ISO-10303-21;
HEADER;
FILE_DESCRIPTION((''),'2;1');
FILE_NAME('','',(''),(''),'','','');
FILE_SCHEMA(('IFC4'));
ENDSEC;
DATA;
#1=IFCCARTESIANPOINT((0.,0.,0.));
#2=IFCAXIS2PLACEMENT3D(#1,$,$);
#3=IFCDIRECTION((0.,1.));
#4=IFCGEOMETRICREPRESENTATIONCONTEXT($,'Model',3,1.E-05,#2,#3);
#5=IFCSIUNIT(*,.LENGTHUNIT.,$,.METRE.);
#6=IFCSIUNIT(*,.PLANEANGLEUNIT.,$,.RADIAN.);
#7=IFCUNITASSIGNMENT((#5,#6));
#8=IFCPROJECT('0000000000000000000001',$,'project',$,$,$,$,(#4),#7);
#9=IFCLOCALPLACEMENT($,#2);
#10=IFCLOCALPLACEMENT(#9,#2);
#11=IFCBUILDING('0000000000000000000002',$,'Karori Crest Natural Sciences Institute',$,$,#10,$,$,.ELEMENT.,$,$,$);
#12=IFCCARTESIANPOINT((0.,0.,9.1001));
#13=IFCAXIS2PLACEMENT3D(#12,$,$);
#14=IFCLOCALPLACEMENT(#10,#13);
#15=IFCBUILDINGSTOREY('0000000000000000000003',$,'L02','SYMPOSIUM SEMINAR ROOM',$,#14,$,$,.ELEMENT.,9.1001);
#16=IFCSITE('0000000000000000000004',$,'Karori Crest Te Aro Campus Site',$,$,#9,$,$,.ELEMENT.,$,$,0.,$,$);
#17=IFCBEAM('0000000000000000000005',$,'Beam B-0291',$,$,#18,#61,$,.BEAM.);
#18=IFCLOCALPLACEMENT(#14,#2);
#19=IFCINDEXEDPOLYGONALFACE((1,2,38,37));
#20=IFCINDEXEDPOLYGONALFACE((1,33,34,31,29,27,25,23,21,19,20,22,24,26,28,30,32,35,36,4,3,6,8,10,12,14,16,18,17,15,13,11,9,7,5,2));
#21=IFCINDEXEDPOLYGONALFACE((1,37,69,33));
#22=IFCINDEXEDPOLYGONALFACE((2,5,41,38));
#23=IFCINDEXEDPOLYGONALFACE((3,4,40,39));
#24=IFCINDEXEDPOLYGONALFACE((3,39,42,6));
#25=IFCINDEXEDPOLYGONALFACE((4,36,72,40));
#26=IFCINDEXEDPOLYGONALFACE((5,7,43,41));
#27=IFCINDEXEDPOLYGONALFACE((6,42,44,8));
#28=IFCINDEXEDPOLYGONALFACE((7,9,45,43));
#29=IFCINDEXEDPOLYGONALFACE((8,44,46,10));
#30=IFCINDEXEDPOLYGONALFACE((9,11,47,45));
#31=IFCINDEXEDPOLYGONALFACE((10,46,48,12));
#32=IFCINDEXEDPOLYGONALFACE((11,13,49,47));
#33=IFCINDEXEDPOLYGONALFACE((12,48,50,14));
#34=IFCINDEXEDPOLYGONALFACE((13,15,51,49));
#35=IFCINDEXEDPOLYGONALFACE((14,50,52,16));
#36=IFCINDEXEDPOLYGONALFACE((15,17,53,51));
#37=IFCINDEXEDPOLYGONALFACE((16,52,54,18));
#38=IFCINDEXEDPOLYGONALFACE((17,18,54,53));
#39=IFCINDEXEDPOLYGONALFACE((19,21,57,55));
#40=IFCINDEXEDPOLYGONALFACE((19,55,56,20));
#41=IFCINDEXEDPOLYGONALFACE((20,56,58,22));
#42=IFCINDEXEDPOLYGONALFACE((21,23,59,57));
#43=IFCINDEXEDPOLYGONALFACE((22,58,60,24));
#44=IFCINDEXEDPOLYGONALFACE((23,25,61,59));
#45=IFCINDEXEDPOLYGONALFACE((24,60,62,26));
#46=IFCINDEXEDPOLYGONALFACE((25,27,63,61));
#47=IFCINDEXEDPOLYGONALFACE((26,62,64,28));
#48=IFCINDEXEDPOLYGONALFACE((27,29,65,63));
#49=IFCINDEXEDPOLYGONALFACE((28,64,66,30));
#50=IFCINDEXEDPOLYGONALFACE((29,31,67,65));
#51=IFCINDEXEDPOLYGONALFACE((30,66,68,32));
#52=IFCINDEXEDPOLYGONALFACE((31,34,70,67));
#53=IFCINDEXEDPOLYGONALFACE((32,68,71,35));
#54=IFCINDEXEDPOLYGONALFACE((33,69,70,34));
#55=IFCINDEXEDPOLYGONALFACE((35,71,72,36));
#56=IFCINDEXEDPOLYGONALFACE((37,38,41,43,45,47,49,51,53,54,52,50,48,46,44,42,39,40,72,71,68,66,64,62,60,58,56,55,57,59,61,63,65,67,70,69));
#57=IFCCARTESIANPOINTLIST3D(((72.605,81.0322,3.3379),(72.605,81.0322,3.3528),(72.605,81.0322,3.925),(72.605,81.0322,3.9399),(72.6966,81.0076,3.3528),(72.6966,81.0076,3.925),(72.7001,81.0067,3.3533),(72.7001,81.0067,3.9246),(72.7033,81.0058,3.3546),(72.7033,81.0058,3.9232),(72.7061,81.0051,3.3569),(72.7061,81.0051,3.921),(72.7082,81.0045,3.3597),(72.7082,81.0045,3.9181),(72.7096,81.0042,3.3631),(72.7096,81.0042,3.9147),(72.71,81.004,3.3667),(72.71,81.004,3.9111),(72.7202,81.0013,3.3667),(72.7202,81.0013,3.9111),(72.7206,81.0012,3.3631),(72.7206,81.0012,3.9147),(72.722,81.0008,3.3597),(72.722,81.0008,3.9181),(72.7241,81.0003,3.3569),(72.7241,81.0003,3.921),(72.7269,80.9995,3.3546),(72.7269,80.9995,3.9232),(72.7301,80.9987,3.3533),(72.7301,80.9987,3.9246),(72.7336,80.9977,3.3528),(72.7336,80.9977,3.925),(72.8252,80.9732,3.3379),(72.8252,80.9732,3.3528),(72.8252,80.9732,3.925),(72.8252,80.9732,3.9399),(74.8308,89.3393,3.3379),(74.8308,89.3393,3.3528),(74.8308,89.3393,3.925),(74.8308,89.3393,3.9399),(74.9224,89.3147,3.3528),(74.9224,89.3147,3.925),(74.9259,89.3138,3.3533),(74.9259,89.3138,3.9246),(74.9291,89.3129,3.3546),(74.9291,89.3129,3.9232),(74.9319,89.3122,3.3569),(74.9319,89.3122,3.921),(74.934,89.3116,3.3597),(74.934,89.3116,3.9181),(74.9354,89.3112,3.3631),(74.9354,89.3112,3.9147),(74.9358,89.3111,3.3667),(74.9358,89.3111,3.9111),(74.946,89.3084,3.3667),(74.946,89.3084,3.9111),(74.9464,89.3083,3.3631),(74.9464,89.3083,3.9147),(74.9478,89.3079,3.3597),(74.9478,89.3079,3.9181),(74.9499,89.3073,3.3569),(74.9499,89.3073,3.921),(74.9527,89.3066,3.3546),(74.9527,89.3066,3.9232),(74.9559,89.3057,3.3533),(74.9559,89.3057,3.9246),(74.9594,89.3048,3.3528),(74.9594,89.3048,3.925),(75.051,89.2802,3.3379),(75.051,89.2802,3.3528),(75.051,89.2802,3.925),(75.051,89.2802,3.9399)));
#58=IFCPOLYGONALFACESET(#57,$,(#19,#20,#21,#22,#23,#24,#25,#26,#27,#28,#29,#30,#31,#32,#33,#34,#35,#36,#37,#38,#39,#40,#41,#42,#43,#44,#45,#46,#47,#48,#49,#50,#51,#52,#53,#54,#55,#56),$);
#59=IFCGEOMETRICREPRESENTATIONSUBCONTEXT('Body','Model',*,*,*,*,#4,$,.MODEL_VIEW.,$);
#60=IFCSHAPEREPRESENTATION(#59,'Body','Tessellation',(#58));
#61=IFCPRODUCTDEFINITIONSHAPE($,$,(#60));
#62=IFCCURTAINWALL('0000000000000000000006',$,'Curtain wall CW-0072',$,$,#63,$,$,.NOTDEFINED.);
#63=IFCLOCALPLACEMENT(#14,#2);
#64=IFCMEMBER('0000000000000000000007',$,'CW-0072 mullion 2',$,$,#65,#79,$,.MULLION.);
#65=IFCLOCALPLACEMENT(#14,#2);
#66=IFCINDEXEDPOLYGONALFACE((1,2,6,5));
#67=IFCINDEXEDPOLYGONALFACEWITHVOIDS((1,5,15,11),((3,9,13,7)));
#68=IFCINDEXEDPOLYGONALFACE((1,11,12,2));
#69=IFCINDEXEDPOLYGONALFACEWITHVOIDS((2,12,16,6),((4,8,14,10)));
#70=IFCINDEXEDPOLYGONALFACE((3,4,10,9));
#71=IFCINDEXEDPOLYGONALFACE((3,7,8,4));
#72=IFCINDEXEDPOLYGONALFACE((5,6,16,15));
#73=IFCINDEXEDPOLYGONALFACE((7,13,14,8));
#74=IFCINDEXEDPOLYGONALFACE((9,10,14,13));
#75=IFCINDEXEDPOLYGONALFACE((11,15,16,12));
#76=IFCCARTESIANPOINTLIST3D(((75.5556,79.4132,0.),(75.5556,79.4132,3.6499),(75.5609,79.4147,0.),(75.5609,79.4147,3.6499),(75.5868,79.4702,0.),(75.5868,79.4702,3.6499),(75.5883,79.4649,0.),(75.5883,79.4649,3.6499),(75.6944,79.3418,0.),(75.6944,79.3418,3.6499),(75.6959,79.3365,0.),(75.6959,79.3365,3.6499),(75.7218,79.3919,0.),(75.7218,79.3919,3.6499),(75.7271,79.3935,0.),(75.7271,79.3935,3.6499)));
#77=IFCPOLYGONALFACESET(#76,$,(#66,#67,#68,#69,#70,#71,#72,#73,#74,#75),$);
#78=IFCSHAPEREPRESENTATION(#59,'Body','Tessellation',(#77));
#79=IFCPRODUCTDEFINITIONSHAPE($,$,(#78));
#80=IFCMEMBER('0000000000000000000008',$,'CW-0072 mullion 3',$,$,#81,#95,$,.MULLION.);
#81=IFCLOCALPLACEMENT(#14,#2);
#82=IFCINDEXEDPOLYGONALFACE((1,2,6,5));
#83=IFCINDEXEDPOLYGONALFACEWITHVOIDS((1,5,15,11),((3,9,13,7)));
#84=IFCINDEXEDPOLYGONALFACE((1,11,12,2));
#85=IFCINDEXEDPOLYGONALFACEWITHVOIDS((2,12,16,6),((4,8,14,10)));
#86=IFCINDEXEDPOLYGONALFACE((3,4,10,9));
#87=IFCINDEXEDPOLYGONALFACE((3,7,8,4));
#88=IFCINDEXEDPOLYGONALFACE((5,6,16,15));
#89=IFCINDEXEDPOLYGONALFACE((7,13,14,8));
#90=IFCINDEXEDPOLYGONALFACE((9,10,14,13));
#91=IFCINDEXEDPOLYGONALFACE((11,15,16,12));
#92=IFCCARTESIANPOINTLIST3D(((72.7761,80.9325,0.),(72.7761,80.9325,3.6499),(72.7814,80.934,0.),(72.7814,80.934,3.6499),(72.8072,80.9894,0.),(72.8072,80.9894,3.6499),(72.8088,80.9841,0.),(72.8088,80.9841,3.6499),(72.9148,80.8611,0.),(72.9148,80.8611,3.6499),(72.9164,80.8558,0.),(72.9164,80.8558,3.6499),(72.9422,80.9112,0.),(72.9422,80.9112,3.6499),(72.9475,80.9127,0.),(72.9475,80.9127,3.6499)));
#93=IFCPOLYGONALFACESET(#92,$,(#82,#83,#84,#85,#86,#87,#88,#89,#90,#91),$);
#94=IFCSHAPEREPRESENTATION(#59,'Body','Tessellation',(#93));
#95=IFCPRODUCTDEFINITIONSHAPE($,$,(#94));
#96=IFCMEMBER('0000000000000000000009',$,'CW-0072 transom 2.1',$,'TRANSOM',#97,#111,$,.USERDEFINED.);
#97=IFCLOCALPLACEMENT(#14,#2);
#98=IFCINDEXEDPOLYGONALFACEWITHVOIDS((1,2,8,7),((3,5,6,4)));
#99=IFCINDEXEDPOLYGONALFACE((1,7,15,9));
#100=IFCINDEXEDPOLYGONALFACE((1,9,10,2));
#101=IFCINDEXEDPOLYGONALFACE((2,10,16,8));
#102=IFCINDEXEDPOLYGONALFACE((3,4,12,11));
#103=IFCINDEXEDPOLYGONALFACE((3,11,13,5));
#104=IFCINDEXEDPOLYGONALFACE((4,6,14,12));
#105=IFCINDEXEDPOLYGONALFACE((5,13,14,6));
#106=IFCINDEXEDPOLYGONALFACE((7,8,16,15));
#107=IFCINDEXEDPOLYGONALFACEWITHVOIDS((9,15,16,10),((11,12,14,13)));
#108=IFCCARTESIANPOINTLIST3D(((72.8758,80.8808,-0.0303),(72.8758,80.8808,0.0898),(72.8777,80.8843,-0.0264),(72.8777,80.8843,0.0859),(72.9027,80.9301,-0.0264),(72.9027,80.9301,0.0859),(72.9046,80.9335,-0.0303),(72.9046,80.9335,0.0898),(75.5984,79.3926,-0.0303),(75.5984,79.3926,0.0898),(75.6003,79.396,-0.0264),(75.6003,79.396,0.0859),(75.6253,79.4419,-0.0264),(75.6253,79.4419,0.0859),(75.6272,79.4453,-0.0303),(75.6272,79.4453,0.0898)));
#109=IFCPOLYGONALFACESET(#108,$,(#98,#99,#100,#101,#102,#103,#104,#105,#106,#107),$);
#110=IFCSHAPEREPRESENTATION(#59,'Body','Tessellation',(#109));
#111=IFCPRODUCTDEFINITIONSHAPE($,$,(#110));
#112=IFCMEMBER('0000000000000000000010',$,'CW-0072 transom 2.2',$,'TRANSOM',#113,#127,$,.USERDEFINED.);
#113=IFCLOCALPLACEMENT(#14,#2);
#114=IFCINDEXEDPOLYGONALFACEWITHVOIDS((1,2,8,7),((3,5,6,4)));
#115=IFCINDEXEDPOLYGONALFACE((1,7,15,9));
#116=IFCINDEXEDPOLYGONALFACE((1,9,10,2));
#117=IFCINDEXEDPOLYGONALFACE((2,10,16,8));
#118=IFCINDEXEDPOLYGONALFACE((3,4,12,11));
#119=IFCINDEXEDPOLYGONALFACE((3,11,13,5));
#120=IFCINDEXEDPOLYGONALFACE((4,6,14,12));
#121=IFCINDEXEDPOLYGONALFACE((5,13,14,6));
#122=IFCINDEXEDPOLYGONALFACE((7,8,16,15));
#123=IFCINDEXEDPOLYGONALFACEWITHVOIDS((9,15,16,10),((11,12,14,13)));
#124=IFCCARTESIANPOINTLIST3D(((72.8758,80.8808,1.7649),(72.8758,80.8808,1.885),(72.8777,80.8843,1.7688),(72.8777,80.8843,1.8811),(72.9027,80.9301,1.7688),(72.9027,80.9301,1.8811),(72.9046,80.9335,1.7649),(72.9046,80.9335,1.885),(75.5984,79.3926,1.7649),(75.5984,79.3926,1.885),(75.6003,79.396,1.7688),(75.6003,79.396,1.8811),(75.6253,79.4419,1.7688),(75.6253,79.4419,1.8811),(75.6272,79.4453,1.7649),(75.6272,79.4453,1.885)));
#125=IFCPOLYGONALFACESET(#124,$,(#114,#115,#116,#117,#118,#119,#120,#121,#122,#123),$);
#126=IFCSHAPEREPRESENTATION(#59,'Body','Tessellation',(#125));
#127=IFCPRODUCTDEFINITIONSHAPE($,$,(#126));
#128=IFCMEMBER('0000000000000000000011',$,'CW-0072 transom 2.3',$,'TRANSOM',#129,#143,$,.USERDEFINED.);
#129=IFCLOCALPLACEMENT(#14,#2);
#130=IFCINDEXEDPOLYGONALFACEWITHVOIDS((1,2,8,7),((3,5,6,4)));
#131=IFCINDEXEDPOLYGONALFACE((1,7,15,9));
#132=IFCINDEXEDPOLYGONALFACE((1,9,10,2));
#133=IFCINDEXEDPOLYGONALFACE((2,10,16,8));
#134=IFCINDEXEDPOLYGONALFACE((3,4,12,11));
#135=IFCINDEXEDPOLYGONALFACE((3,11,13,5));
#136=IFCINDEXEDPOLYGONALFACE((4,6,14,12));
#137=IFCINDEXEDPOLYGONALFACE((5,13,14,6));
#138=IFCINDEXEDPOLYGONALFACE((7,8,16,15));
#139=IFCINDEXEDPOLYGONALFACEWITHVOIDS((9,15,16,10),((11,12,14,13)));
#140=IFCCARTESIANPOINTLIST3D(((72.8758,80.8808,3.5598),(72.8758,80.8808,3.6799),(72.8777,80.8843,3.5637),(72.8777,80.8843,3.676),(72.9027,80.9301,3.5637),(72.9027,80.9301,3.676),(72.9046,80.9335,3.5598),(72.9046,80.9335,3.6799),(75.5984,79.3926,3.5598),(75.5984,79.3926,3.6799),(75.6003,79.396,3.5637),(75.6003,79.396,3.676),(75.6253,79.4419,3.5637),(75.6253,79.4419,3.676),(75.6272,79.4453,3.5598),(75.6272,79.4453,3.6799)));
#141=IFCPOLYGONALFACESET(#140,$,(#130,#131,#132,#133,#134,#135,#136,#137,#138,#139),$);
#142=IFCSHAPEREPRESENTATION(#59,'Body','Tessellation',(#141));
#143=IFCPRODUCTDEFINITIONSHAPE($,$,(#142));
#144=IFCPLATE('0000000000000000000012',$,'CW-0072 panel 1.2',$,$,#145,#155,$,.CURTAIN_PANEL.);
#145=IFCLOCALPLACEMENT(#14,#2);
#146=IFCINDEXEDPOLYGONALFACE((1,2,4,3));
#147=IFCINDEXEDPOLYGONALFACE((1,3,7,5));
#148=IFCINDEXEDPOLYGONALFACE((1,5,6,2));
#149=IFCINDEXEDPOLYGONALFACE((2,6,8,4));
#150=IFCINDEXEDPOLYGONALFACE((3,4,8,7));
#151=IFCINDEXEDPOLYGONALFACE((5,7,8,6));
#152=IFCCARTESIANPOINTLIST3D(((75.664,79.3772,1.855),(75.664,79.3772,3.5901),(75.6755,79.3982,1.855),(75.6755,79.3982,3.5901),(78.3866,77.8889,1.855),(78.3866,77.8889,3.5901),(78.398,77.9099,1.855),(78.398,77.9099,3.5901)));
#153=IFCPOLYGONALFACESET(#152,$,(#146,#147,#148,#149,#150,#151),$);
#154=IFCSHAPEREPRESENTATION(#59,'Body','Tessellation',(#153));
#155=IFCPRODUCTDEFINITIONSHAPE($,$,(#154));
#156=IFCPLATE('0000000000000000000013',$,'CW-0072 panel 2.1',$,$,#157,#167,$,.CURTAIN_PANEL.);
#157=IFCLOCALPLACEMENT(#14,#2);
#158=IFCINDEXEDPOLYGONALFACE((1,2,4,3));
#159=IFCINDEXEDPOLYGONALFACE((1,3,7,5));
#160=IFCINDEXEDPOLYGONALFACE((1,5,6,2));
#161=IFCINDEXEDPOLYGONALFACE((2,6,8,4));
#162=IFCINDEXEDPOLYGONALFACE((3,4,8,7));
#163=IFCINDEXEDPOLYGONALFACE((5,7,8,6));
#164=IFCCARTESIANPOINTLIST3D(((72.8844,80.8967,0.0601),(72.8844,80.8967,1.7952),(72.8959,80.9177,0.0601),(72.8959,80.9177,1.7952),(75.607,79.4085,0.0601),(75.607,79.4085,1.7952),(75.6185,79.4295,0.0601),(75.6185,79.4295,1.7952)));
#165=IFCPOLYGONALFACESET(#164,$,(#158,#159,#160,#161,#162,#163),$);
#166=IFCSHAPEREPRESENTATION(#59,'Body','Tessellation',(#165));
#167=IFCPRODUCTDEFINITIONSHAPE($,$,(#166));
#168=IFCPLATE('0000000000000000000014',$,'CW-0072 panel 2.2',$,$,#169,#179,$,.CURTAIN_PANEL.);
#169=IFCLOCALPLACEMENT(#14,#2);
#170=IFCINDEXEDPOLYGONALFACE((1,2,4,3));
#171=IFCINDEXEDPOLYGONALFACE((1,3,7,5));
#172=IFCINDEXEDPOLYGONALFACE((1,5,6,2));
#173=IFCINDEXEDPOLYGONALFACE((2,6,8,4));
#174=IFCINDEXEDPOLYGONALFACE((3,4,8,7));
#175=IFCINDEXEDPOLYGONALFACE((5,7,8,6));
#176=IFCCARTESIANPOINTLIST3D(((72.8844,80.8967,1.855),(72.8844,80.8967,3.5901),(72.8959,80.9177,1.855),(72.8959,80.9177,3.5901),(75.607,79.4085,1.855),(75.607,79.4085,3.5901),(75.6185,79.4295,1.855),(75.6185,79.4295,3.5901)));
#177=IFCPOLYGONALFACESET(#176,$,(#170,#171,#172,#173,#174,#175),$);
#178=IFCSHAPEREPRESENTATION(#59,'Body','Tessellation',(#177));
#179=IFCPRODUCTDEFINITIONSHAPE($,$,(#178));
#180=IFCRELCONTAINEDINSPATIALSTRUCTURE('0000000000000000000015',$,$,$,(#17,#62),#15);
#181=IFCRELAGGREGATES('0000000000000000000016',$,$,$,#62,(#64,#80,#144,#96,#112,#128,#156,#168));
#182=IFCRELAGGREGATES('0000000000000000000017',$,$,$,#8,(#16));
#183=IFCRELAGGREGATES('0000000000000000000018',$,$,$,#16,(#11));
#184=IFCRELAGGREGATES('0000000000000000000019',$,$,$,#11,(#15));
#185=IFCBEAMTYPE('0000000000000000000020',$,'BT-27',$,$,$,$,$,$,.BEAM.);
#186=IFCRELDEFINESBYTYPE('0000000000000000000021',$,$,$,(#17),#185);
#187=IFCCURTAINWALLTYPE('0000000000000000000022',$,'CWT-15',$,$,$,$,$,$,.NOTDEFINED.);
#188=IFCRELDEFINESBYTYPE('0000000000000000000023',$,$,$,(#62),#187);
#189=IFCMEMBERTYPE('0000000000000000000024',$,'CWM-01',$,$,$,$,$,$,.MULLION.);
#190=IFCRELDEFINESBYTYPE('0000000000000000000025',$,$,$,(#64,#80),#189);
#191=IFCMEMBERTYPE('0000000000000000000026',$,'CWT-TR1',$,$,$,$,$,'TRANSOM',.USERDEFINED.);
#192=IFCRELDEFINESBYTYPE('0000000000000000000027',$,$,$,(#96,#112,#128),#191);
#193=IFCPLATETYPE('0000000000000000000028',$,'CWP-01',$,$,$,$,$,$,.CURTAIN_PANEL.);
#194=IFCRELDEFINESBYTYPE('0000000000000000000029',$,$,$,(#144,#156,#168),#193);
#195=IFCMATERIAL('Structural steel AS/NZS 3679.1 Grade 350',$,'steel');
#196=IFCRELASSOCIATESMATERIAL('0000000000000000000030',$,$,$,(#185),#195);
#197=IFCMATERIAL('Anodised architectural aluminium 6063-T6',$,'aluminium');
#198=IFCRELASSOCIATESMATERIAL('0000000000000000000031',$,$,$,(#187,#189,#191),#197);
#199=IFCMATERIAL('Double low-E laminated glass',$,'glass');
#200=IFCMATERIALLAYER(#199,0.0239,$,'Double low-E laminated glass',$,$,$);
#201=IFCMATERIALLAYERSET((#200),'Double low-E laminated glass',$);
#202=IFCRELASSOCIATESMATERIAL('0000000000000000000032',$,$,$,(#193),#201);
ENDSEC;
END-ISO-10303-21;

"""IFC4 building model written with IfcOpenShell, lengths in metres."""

from ifc_helpers import new_model, si_unit, direction, frame, origin, origin_2d, place, context, subcontext, project, spatial, rectangle, hollow_rectangle, i_section, extrude, material, layer, layer_set, material_profile, profile_set, type_object, element, aggregate, save


model = new_model("IFC4")

# Units and contexts
model_context = context("Model", 3, precision=1e-05, world=origin(), true_north=direction((0.0, 1.0)))
body_context = subcontext(model_context, "Body", "Model", "MODEL_VIEW")
ifc_project = project(units=[si_unit("LENGTHUNIT", "METRE"), si_unit("PLANEANGLEUNIT", "RADIAN")], contexts=[model_context])

# Site, building, storey
site_placement = place(None, origin())
site = spatial("IfcSite", under=ifc_project, at=site_placement, Name="Karori Crest Te Aro Campus Site", CompositionType="ELEMENT", RefElevation=0.0)
building_placement = place(site_placement, origin())
building = spatial("IfcBuilding", under=site, at=building_placement, Name="Karori Crest Natural Sciences Institute", CompositionType="ELEMENT")
storey_placement = place(building_placement, frame((0.0, 0.0, 9.1001)))
storey = spatial("IfcBuildingStorey", under=building, at=storey_placement, Name="L02", Description="SYMPOSIUM SEMINAR ROOM", CompositionType="ELEMENT", Elevation=9.1001)

# Shared definitions
ifc_material_1 = material(Name="Structural steel AS/NZS 3679.1 Grade 350", Category="steel")

# Beam
ifc_material_profile_1 = material_profile(ifc_material_1, i_section(OverallWidth=0.228, OverallDepth=0.6021, WebThickness=0.0105, FlangeThickness=0.0149, FilletRadius=0.0139, at=origin_2d()), Name="610UB101")
ifc_profile_set_1 = profile_set([ifc_material_profile_1], Name="Structural steel AS/NZS 3679.1 Grade 350")
beam_type_1 = type_object("IfcBeamType", Name="BT-27", PredefinedType="BEAM", material=ifc_profile_set_1)
beam_1_placement = place(storey_placement, frame((72.7151, 81.0027, 3.6389), z_axis=(0.258813, 0.965928, 0.0), x_axis=(-0.965928, 0.258813, 0.0)))
element("IfcBeam", 1, at=beam_1_placement, inside=storey, type_object=beam_type_1, Name="Beam B-0291", PredefinedType="BEAM", context=body_context, shape_type="SweptSolid", body=[
    extrude(i_section(OverallWidth=0.228, OverallDepth=0.6021, WebThickness=0.0105, FlangeThickness=0.0149, FilletRadius=0.0139, at=origin_2d()), origin(), (0.0, 0.0, 1.0), 8.6001),
])

# Curtain wall, members, plates
ifc_material_2 = material(Name="Anodised architectural aluminium 6063-T6", Category="aluminium")
curtain_wall_type = type_object("IfcCurtainWallType", Name="CWT-15", PredefinedType="NOTDEFINED", material=ifc_material_2)
curtain_wall_placement = place(storey_placement, origin())
curtain_wall = element("IfcCurtainWall", 2, at=curtain_wall_placement, inside=storey, type_object=curtain_wall_type, Name="Curtain wall CW-0072", PredefinedType="NOTDEFINED")
ifc_material_profile_2 = material_profile(ifc_material_2, hollow_rectangle(XDim=0.0649, YDim=0.1599, WallThickness=0.0039, at=origin_2d()), Name="CWM160x65x4")
ifc_profile_set_2 = profile_set([ifc_material_profile_2], Name="Anodised architectural aluminium 6063-T6")
member_type_1 = type_object("IfcMemberType", Name="CWM-01", PredefinedType="MULLION", material=ifc_profile_set_2)
member_1_placement = place(storey_placement, frame((75.6414, 79.4033, 0.0), z_axis=(0.0, 0.0, 1.0), x_axis=(-0.479643, -0.877464, 0.0)))
member_1 = element("IfcMember", 3, at=member_1_placement, type_object=member_type_1, Name="CW-0072 mullion 2", PredefinedType="MULLION", context=body_context, shape_type="SweptSolid", body=[
    extrude(hollow_rectangle(XDim=0.0649, YDim=0.1599, WallThickness=0.0039, at=origin_2d()), origin(), (0.0, 0.0, 1.0), 3.6499),
])
member_2_placement = place(storey_placement, frame((72.8618, 80.9226, 0.0), z_axis=(0.0, 0.0, 1.0), x_axis=(-0.479643, -0.877464, 0.0)))
member_2 = element("IfcMember", 4, at=member_2_placement, type_object=member_type_1, Name="CW-0072 mullion 3", PredefinedType="MULLION", context=body_context, shape_type="SweptSolid", body=[
    extrude(hollow_rectangle(XDim=0.0649, YDim=0.1599, WallThickness=0.0039, at=origin_2d()), origin(), (0.0, 0.0, 1.0), 3.6499),
])
ifc_material_profile_3 = material_profile(ifc_material_2, hollow_rectangle(XDim=0.0601, YDim=0.1201, WallThickness=0.0039, at=origin_2d()), Name="CWT120x60x4")
ifc_profile_set_3 = profile_set([ifc_material_profile_3], Name="Anodised architectural aluminium 6063-T6")
member_type_2 = type_object("IfcMemberType", Name="CWT-TR1", ElementType="TRANSOM", PredefinedType="USERDEFINED", material=ifc_profile_set_3)
member_3_placement = place(storey_placement, frame((75.6128, 79.4189, 0.0298), z_axis=(-0.877462, 0.479646, 0.0), x_axis=(-0.479646, -0.877462, 0.0)))
member_3 = element("IfcMember", 5, at=member_3_placement, type_object=member_type_2, Name="CW-0072 transom 2.1", ObjectType="TRANSOM", PredefinedType="USERDEFINED", context=body_context, shape_type="SweptSolid", body=[
    extrude(hollow_rectangle(XDim=0.0601, YDim=0.1201, WallThickness=0.0039, at=origin_2d()), origin(), (0.0, 0.0, 1.0), 3.1028),
])
member_4_placement = place(storey_placement, frame((75.6128, 79.4189, 1.825), z_axis=(-0.877462, 0.479646, 0.0), x_axis=(-0.479646, -0.877462, 0.0)))
member_4 = element("IfcMember", 6, at=member_4_placement, type_object=member_type_2, Name="CW-0072 transom 2.2", ObjectType="TRANSOM", PredefinedType="USERDEFINED", context=body_context, shape_type="SweptSolid", body=[
    extrude(hollow_rectangle(XDim=0.0601, YDim=0.1201, WallThickness=0.0039, at=origin_2d()), origin(), (0.0, 0.0, 1.0), 3.1028),
])
member_5_placement = place(storey_placement, frame((75.6128, 79.4189, 3.6199), z_axis=(-0.877462, 0.479646, 0.0), x_axis=(-0.479646, -0.877462, 0.0)))
member_5 = element("IfcMember", 7, at=member_5_placement, type_object=member_type_2, Name="CW-0072 transom 2.3", ObjectType="TRANSOM", PredefinedType="USERDEFINED", context=body_context, shape_type="SweptSolid", body=[
    extrude(hollow_rectangle(XDim=0.0601, YDim=0.1201, WallThickness=0.0039, at=origin_2d()), origin(), (0.0, 0.0, 1.0), 3.1028),
])
ifc_material_3 = material(Name="Double low-E laminated glass", Category="glass")
ifc_layer_1 = layer(ifc_material_3, 0.0239, Name="Double low-E laminated glass")
ifc_layer_set_1 = layer_set([ifc_layer_1], Name="Double low-E laminated glass")
plate_type = type_object("IfcPlateType", Name="CWP-01", PredefinedType="CURTAIN_PANEL", material=ifc_layer_set_1)
plate_1_placement = place(storey_placement, frame((77.031, 78.6436, 1.855), z_axis=(0.0, 0.0, 1.0), x_axis=(-0.877464, 0.479643, 0.0)))
plate_1 = element("IfcPlate", 8, at=plate_1_placement, type_object=plate_type, Name="CW-0072 panel 1.2", PredefinedType="CURTAIN_PANEL", context=body_context, shape_type="SweptSolid", body=[
    extrude(rectangle(XDim=3.1028, YDim=0.0239, at=origin_2d()), origin(), (0.0, 0.0, 1.0), 1.7351),
])
plate_2_placement = place(storey_placement, frame((74.2515, 80.1631, 0.0601), z_axis=(0.0, 0.0, 1.0), x_axis=(-0.877464, 0.479643, 0.0)))
plate_2 = element("IfcPlate", 9, at=plate_2_placement, type_object=plate_type, Name="CW-0072 panel 2.1", PredefinedType="CURTAIN_PANEL", context=body_context, shape_type="SweptSolid", body=[
    extrude(rectangle(XDim=3.1028, YDim=0.0239, at=origin_2d()), origin(), (0.0, 0.0, 1.0), 1.7351),
])
plate_3_placement = place(storey_placement, frame((74.2515, 80.1631, 1.855), z_axis=(0.0, 0.0, 1.0), x_axis=(-0.877464, 0.479643, 0.0)))
plate_3 = element("IfcPlate", 10, at=plate_3_placement, type_object=plate_type, Name="CW-0072 panel 2.2", PredefinedType="CURTAIN_PANEL", context=body_context, shape_type="SweptSolid", body=[
    extrude(rectangle(XDim=3.1028, YDim=0.0239, at=origin_2d()), origin(), (0.0, 0.0, 1.0), 1.7351),
])
aggregate(curtain_wall, [member_1, member_2, plate_1, member_3, member_4, member_5, plate_2, plate_3])

save(model, "model.ifc")
